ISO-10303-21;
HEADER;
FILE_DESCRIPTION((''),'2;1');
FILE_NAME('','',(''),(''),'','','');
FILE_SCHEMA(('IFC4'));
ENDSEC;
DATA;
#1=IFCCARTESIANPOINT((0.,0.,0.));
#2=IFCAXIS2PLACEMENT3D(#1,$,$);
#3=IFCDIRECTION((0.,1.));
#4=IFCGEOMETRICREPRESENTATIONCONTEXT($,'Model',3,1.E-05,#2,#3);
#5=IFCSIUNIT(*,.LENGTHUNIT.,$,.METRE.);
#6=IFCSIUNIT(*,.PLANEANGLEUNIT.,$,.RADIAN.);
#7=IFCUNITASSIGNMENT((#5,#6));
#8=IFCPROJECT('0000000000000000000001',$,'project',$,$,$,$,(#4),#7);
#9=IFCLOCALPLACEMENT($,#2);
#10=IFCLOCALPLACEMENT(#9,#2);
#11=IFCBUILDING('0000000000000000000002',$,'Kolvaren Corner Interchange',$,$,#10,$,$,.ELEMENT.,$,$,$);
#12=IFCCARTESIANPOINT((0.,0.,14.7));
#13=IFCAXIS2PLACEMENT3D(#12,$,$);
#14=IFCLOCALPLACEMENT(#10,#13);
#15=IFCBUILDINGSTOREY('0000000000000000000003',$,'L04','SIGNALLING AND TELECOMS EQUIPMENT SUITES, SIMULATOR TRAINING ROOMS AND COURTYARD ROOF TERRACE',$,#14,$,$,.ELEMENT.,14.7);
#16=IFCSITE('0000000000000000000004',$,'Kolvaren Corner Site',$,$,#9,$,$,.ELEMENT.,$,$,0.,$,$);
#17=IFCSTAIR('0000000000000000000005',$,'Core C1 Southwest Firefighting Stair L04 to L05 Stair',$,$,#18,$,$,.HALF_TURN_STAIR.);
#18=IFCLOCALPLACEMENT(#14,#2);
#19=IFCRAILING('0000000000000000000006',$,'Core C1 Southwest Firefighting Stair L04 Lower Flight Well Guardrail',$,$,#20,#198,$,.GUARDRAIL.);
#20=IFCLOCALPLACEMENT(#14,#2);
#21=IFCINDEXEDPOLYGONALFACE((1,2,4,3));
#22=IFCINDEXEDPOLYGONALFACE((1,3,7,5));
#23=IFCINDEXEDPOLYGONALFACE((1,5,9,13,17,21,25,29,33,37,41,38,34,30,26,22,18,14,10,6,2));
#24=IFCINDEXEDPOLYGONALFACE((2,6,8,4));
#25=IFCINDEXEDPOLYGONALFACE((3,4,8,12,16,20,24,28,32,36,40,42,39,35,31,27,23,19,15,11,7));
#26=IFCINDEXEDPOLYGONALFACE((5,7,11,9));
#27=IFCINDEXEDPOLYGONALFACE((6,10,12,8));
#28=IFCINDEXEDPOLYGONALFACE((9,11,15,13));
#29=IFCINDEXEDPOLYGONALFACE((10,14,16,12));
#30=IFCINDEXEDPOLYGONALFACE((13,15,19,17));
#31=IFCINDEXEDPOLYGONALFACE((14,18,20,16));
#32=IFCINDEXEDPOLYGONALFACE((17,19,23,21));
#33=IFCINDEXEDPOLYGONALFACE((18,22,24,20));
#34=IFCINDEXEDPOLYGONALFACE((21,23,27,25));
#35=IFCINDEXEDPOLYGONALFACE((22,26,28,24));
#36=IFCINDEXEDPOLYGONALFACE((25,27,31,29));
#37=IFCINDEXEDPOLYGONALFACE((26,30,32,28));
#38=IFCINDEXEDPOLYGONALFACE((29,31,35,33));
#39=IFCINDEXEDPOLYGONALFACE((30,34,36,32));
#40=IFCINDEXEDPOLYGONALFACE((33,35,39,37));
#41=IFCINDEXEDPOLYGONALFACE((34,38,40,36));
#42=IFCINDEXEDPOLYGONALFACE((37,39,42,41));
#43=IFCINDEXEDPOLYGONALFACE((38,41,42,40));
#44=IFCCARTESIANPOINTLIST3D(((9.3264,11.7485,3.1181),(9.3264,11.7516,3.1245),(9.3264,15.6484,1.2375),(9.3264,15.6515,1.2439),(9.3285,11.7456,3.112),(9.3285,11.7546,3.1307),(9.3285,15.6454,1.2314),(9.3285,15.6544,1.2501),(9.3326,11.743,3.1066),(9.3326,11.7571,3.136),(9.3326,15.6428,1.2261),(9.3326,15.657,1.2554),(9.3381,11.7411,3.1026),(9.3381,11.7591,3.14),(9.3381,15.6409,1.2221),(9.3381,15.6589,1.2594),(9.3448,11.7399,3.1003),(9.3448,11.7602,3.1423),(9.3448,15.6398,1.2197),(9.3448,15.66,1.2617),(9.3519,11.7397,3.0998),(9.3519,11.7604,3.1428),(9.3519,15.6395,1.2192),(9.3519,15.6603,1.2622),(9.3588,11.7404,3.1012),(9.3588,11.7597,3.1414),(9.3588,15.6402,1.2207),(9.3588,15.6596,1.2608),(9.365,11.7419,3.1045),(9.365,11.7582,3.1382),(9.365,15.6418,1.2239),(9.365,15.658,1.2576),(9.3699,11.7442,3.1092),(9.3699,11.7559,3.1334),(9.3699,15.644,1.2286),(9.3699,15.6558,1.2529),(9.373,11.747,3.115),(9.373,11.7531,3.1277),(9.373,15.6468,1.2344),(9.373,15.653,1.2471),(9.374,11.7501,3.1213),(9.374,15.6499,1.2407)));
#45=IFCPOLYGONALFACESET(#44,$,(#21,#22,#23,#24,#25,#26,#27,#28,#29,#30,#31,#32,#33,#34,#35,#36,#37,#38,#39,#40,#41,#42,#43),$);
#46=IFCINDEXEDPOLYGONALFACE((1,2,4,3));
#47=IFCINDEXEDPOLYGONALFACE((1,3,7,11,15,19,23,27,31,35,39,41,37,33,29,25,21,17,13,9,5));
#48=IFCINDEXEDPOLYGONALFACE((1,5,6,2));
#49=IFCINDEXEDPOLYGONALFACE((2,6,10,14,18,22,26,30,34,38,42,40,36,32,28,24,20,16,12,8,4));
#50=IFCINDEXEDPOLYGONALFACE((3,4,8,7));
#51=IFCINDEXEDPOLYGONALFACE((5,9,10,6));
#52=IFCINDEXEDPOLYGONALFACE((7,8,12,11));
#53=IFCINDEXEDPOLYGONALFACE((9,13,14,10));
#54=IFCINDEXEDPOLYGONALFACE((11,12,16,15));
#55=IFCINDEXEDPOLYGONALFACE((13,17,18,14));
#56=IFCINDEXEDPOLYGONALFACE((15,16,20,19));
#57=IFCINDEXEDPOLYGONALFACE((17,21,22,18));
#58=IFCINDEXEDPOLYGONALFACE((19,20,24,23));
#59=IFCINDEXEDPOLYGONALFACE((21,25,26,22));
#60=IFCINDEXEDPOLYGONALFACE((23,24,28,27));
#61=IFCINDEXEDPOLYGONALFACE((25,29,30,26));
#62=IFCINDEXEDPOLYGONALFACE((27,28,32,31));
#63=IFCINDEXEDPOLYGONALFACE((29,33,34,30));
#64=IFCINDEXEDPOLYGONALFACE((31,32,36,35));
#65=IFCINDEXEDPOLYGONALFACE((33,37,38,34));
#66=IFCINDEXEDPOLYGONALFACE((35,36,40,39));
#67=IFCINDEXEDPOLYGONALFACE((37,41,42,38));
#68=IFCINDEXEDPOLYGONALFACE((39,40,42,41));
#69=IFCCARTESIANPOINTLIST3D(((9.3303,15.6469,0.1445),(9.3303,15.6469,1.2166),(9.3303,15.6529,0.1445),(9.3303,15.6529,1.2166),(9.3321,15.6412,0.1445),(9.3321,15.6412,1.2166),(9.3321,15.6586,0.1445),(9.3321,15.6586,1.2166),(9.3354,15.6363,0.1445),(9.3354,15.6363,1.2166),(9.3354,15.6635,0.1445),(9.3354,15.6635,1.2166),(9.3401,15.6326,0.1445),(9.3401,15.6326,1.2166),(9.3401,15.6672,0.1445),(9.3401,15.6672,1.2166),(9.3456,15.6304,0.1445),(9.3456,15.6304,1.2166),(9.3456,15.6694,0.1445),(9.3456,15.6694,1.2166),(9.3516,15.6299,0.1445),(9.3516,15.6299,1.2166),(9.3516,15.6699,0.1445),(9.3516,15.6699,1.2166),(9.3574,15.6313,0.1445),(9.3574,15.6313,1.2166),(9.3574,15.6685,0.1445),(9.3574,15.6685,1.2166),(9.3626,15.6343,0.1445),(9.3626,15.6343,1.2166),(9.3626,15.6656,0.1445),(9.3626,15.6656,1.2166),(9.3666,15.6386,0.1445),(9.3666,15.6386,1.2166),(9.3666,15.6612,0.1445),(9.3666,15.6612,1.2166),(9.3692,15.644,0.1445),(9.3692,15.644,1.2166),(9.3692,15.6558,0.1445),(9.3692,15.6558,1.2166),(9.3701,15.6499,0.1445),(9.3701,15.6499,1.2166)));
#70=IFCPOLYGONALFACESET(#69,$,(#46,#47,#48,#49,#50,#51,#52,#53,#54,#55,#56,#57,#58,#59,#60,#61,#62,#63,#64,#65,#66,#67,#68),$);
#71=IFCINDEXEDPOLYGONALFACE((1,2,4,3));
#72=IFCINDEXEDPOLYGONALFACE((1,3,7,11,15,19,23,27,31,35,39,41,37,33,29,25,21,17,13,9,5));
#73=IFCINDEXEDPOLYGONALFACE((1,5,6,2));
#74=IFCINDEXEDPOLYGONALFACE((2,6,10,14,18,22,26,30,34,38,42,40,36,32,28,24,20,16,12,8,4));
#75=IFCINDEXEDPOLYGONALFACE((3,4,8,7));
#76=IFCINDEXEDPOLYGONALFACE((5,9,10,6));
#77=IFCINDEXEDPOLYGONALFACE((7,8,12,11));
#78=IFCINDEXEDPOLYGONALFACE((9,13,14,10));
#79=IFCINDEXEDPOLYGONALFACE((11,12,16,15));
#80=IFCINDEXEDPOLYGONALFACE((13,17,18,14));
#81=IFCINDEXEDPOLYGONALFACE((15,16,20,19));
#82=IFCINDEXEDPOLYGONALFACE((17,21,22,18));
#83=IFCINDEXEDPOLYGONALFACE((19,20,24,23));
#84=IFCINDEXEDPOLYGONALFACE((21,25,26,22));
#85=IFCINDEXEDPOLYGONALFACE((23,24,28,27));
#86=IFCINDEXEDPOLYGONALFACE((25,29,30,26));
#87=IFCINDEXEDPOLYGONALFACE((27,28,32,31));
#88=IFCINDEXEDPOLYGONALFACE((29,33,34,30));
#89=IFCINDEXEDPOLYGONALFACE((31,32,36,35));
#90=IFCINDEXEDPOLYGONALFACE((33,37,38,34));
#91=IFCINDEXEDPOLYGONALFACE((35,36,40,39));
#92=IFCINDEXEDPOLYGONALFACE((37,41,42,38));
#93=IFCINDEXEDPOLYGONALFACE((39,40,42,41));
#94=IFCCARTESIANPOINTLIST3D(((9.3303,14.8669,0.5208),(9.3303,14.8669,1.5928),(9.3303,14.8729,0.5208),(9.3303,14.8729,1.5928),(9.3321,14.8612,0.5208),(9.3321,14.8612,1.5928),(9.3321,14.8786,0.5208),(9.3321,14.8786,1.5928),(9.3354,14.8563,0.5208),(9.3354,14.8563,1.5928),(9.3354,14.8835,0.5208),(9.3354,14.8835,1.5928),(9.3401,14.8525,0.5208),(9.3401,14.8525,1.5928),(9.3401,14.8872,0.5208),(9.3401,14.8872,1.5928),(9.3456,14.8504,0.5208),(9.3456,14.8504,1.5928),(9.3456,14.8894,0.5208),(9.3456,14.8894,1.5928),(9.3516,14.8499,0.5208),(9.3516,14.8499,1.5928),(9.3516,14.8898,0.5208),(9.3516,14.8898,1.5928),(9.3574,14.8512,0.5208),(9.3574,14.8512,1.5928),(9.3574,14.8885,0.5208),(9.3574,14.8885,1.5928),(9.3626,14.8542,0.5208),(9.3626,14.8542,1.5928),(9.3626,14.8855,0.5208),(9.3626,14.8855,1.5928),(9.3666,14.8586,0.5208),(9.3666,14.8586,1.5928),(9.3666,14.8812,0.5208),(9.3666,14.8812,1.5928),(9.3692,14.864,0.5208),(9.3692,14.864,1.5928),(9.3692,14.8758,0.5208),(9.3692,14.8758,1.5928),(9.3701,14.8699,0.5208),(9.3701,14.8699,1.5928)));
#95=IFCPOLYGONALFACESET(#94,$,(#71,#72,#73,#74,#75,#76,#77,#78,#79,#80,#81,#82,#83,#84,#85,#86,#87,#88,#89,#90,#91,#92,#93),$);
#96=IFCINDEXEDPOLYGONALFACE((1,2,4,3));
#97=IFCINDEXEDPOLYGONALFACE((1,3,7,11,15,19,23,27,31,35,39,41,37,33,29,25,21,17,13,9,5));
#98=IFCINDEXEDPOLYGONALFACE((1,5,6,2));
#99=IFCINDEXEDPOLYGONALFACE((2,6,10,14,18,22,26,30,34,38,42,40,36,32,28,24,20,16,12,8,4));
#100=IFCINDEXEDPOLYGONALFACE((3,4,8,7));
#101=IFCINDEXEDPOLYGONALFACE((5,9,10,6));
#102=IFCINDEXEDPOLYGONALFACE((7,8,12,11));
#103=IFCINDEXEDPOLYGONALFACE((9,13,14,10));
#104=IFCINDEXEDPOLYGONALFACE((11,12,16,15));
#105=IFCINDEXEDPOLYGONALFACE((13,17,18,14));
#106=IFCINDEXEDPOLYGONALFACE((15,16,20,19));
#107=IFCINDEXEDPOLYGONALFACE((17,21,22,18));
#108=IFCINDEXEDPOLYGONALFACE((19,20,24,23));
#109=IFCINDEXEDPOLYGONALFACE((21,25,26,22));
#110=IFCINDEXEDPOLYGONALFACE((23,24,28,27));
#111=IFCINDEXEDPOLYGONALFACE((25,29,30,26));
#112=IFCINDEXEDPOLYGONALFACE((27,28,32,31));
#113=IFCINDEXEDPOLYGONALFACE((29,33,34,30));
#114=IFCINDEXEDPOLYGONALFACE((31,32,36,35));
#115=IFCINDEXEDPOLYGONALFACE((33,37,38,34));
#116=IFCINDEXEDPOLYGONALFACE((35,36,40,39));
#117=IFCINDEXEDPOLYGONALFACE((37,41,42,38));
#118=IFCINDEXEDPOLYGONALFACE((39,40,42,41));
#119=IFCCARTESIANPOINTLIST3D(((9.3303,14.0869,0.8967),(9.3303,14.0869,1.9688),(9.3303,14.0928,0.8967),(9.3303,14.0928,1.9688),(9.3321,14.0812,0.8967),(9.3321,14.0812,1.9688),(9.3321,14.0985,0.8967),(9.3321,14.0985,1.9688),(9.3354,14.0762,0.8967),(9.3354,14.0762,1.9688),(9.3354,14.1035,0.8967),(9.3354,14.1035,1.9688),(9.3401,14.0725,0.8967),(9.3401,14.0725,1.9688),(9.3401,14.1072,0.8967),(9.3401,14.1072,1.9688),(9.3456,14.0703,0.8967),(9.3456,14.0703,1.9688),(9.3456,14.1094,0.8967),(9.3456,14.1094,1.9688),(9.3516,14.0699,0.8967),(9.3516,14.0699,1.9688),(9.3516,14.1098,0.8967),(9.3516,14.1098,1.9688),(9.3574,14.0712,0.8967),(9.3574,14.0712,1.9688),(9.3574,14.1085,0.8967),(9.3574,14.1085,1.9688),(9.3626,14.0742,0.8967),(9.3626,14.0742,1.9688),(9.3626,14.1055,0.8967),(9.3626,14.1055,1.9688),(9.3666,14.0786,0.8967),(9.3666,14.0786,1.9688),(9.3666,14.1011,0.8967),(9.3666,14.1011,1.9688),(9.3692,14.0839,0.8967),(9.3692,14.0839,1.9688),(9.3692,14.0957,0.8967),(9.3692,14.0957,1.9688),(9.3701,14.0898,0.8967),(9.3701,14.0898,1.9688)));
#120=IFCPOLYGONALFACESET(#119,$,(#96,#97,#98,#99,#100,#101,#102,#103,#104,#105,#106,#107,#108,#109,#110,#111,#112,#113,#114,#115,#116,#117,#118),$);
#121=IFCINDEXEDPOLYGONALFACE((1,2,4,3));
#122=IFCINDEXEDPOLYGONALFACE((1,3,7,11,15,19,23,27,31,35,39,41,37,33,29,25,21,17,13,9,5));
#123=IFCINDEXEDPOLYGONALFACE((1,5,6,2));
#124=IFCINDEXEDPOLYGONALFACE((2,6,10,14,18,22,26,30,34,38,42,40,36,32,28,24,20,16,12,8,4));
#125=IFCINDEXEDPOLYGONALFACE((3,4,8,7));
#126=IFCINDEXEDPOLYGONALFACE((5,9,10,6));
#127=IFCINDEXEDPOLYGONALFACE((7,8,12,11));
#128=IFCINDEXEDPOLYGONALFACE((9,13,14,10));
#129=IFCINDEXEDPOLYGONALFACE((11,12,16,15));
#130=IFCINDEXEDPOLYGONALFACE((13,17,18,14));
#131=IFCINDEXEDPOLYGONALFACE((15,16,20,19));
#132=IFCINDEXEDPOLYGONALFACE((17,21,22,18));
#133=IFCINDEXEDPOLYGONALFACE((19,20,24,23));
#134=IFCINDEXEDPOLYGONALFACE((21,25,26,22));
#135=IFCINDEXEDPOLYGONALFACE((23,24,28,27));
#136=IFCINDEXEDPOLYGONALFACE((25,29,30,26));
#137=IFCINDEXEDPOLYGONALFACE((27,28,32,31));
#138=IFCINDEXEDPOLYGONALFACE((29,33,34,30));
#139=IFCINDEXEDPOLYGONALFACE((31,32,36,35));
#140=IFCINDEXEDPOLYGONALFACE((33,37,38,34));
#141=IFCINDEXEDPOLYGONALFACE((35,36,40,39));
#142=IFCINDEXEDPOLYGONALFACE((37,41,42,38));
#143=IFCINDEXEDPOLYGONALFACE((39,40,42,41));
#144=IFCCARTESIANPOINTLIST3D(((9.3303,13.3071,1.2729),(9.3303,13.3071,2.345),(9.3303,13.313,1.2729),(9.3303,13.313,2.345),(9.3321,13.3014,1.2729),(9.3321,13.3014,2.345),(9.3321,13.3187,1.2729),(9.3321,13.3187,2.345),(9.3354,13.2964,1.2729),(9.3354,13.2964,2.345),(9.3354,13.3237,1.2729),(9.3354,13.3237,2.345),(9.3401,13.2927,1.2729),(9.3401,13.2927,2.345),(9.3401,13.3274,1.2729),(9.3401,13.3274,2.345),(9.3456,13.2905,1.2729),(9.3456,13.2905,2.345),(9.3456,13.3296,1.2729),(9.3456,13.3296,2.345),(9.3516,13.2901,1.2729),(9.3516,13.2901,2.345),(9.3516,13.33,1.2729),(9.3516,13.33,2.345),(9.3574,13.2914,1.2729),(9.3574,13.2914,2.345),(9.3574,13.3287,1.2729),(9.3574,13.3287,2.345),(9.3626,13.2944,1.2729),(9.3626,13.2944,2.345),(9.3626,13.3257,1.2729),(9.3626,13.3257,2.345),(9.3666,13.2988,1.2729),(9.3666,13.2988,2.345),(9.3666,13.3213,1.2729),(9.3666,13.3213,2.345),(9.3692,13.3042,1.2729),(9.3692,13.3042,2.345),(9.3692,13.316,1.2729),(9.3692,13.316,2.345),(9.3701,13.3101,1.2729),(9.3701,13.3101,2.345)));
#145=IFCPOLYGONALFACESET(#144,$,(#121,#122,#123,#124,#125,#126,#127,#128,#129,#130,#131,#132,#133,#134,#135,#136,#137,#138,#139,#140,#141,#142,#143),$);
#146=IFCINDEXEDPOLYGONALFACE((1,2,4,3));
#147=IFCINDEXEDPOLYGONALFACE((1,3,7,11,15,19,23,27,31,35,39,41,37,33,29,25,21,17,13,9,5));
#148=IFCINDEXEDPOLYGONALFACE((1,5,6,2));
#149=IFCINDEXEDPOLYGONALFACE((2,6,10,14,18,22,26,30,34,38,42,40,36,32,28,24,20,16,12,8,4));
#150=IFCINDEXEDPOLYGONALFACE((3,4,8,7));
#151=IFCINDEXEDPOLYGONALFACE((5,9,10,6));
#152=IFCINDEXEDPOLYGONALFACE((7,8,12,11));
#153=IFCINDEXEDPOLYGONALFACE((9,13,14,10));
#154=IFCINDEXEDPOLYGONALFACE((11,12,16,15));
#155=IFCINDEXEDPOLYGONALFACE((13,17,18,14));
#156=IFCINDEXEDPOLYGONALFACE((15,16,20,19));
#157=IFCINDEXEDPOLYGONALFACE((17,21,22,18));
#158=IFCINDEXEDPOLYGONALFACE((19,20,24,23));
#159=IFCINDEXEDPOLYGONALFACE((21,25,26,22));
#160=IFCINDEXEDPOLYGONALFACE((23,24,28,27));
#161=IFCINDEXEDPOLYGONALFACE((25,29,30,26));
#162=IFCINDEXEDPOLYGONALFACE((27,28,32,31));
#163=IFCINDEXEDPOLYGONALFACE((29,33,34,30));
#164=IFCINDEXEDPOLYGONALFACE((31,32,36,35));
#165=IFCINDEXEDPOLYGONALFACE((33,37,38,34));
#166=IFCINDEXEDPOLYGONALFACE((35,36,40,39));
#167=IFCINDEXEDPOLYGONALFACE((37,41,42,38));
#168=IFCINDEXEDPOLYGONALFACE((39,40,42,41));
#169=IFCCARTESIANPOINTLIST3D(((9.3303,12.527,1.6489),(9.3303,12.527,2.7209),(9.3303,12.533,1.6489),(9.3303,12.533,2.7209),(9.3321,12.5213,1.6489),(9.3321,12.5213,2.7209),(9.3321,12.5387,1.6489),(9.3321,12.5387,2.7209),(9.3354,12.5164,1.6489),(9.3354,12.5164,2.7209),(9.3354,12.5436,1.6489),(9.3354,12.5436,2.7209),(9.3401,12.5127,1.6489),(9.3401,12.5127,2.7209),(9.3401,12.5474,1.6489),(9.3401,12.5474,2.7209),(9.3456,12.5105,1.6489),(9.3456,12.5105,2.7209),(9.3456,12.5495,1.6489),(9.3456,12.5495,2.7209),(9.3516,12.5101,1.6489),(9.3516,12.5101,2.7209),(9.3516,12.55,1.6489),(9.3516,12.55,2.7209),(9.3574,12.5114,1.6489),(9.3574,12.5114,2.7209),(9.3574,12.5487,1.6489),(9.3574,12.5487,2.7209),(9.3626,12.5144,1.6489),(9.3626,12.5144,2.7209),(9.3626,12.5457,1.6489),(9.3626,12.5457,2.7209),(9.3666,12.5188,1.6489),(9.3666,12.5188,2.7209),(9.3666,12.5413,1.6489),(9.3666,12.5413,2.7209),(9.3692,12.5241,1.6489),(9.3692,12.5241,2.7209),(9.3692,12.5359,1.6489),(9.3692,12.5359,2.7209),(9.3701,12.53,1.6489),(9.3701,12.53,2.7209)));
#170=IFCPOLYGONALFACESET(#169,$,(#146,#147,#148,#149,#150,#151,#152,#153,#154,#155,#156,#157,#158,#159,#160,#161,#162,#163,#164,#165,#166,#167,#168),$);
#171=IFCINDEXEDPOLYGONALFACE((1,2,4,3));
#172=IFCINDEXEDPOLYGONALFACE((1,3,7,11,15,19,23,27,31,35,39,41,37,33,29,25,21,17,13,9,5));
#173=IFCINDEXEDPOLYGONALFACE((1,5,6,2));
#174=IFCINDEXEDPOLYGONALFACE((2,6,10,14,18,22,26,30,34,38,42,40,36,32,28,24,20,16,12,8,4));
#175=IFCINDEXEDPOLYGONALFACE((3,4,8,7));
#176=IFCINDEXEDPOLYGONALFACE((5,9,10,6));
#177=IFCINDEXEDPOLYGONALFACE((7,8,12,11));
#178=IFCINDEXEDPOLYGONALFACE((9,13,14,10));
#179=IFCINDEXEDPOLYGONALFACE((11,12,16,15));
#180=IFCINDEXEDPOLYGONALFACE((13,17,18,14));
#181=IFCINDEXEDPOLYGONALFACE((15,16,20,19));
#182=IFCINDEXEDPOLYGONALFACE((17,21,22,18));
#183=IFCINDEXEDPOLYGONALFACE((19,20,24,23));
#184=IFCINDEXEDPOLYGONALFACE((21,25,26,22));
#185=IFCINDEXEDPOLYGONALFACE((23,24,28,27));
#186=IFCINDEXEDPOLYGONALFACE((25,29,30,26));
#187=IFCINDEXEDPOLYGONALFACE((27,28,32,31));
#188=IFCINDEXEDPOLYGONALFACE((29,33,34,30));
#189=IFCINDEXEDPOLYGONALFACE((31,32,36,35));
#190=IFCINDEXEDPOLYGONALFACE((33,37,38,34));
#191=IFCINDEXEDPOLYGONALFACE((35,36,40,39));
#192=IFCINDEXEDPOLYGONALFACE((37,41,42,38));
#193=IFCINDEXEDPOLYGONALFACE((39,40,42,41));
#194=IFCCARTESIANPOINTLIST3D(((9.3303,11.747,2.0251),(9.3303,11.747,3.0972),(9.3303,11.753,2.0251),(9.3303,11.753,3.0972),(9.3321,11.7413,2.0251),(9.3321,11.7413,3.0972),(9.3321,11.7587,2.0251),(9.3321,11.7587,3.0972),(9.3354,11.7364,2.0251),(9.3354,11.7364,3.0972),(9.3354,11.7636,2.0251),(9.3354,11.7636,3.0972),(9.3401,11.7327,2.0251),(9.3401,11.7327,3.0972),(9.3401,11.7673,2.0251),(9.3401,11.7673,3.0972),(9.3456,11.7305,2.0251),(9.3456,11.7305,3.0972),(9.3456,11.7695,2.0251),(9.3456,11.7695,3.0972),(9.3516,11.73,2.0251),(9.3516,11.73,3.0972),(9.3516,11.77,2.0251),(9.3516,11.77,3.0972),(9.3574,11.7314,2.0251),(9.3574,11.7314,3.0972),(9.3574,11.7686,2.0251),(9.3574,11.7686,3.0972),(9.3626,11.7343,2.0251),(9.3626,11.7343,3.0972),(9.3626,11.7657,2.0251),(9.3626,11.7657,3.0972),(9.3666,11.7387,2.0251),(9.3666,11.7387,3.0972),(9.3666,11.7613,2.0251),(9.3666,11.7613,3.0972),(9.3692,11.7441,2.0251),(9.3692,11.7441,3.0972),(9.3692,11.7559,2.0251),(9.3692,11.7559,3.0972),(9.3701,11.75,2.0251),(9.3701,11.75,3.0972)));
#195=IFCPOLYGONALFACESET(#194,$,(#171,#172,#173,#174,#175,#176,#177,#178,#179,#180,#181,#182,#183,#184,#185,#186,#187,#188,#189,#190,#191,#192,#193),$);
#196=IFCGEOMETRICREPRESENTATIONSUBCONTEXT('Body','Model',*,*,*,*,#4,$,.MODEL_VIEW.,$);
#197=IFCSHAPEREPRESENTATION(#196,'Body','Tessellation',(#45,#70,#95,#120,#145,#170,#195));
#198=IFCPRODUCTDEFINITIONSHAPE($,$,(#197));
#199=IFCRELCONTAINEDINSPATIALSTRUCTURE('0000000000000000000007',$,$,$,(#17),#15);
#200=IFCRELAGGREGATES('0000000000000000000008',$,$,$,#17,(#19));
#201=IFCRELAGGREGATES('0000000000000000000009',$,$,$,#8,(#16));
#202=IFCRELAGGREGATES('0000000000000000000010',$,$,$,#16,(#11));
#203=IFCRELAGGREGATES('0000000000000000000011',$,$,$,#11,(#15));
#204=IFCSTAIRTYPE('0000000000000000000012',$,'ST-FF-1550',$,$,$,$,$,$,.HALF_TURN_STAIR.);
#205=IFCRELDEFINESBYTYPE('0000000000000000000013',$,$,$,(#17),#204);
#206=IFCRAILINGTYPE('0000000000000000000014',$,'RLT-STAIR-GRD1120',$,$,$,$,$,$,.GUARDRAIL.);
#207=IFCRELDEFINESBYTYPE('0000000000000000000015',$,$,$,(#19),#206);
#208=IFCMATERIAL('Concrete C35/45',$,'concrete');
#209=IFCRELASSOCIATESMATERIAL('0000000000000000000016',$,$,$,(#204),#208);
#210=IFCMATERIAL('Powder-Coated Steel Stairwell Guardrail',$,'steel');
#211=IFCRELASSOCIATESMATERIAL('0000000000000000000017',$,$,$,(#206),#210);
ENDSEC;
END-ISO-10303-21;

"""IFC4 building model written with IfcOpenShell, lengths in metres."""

from ifc_helpers import new_model, si_unit, direction, frame, origin, origin_2d, place, context, subcontext, project, spatial, circle, extrude, material, type_object, element, aggregate, save


model = new_model("IFC4")

# Units and contexts
model_context = context("Model", 3, precision=1e-05, world=origin(), true_north=direction((0.0, 1.0)))
body_context = subcontext(model_context, "Body", "Model", "MODEL_VIEW")
ifc_project = project(units=[si_unit("LENGTHUNIT", "METRE"), si_unit("PLANEANGLEUNIT", "RADIAN")], contexts=[model_context])

# Site, building, storey
site_placement = place(None, origin())
site = spatial("IfcSite", under=ifc_project, at=site_placement, Name="Kolvaren Corner Site", CompositionType="ELEMENT", RefElevation=0.0)
building_placement = place(site_placement, origin())
building = spatial("IfcBuilding", under=site, at=building_placement, Name="Kolvaren Corner Interchange", CompositionType="ELEMENT")
storey_placement = place(building_placement, frame((0.0, 0.0, 14.7)))
storey = spatial("IfcBuildingStorey", under=building, at=storey_placement, Name="L04", Description="SIGNALLING AND TELECOMS EQUIPMENT SUITES, SIMULATOR TRAINING ROOMS AND COURTYARD ROOF TERRACE", CompositionType="ELEMENT", Elevation=14.7)

# Stair
ifc_material_1 = material(Name="Concrete C35/45", Category="concrete")
stair_type = type_object("IfcStairType", Name="ST-FF-1550", PredefinedType="HALF_TURN_STAIR", material=ifc_material_1)
stair_placement = place(storey_placement, origin())
stair = element("IfcStair", 1, at=stair_placement, inside=storey, type_object=stair_type, Name="Core C1 Southwest Firefighting Stair L04 to L05 Stair", PredefinedType="HALF_TURN_STAIR")

# Railing
ifc_material_2 = material(Name="Powder-Coated Steel Stairwell Guardrail", Category="steel")
railing_type_1 = type_object("IfcRailingType", Name="RLT-STAIR-GRD1120", PredefinedType="GUARDRAIL", material=ifc_material_2)
railing_1_placement = place(storey_placement, frame((9.3501, 15.6499, 0.1445)))
railing_1 = element("IfcRailing", 2, at=railing_1_placement, type_object=railing_type_1, Name="Core C1 Southwest Firefighting Stair L04 Lower Flight Well Guardrail", PredefinedType="GUARDRAIL", context=body_context, shape_type="SweptSolid", body=[
    extrude(circle(Radius=0.0239, at=origin_2d()), frame((0.0, 0.0, 1.0962), z_axis=(0.0, -0.900741, 0.434356), x_axis=(1.0, 0.0, 0.0)), (0.0, 0.0, 1.0), 4.3296),
    extrude(circle(Radius=0.02, at=origin_2d()), origin(), (0.0, 0.0, 1.0), 1.072),
    extrude(circle(Radius=0.02, at=origin_2d()), frame((0.0, -0.78, 0.3762)), (0.0, 0.0, 1.0), 1.072),
    extrude(circle(Radius=0.02, at=origin_2d()), frame((0.0, -1.5601, 0.7522)), (0.0, 0.0, 1.0), 1.072),
    extrude(circle(Radius=0.02, at=origin_2d()), frame((0.0, -2.3398, 1.1284)), (0.0, 0.0, 1.0), 1.072),
    extrude(circle(Radius=0.02, at=origin_2d()), frame((0.0, -3.1199, 1.5044)), (0.0, 0.0, 1.0), 1.072),
    extrude(circle(Radius=0.02, at=origin_2d()), frame((0.0, -3.8999, 1.8806)), (0.0, 0.0, 1.0), 1.072),
])
aggregate(stair, [railing_1])

save(model, "model.ifc")
